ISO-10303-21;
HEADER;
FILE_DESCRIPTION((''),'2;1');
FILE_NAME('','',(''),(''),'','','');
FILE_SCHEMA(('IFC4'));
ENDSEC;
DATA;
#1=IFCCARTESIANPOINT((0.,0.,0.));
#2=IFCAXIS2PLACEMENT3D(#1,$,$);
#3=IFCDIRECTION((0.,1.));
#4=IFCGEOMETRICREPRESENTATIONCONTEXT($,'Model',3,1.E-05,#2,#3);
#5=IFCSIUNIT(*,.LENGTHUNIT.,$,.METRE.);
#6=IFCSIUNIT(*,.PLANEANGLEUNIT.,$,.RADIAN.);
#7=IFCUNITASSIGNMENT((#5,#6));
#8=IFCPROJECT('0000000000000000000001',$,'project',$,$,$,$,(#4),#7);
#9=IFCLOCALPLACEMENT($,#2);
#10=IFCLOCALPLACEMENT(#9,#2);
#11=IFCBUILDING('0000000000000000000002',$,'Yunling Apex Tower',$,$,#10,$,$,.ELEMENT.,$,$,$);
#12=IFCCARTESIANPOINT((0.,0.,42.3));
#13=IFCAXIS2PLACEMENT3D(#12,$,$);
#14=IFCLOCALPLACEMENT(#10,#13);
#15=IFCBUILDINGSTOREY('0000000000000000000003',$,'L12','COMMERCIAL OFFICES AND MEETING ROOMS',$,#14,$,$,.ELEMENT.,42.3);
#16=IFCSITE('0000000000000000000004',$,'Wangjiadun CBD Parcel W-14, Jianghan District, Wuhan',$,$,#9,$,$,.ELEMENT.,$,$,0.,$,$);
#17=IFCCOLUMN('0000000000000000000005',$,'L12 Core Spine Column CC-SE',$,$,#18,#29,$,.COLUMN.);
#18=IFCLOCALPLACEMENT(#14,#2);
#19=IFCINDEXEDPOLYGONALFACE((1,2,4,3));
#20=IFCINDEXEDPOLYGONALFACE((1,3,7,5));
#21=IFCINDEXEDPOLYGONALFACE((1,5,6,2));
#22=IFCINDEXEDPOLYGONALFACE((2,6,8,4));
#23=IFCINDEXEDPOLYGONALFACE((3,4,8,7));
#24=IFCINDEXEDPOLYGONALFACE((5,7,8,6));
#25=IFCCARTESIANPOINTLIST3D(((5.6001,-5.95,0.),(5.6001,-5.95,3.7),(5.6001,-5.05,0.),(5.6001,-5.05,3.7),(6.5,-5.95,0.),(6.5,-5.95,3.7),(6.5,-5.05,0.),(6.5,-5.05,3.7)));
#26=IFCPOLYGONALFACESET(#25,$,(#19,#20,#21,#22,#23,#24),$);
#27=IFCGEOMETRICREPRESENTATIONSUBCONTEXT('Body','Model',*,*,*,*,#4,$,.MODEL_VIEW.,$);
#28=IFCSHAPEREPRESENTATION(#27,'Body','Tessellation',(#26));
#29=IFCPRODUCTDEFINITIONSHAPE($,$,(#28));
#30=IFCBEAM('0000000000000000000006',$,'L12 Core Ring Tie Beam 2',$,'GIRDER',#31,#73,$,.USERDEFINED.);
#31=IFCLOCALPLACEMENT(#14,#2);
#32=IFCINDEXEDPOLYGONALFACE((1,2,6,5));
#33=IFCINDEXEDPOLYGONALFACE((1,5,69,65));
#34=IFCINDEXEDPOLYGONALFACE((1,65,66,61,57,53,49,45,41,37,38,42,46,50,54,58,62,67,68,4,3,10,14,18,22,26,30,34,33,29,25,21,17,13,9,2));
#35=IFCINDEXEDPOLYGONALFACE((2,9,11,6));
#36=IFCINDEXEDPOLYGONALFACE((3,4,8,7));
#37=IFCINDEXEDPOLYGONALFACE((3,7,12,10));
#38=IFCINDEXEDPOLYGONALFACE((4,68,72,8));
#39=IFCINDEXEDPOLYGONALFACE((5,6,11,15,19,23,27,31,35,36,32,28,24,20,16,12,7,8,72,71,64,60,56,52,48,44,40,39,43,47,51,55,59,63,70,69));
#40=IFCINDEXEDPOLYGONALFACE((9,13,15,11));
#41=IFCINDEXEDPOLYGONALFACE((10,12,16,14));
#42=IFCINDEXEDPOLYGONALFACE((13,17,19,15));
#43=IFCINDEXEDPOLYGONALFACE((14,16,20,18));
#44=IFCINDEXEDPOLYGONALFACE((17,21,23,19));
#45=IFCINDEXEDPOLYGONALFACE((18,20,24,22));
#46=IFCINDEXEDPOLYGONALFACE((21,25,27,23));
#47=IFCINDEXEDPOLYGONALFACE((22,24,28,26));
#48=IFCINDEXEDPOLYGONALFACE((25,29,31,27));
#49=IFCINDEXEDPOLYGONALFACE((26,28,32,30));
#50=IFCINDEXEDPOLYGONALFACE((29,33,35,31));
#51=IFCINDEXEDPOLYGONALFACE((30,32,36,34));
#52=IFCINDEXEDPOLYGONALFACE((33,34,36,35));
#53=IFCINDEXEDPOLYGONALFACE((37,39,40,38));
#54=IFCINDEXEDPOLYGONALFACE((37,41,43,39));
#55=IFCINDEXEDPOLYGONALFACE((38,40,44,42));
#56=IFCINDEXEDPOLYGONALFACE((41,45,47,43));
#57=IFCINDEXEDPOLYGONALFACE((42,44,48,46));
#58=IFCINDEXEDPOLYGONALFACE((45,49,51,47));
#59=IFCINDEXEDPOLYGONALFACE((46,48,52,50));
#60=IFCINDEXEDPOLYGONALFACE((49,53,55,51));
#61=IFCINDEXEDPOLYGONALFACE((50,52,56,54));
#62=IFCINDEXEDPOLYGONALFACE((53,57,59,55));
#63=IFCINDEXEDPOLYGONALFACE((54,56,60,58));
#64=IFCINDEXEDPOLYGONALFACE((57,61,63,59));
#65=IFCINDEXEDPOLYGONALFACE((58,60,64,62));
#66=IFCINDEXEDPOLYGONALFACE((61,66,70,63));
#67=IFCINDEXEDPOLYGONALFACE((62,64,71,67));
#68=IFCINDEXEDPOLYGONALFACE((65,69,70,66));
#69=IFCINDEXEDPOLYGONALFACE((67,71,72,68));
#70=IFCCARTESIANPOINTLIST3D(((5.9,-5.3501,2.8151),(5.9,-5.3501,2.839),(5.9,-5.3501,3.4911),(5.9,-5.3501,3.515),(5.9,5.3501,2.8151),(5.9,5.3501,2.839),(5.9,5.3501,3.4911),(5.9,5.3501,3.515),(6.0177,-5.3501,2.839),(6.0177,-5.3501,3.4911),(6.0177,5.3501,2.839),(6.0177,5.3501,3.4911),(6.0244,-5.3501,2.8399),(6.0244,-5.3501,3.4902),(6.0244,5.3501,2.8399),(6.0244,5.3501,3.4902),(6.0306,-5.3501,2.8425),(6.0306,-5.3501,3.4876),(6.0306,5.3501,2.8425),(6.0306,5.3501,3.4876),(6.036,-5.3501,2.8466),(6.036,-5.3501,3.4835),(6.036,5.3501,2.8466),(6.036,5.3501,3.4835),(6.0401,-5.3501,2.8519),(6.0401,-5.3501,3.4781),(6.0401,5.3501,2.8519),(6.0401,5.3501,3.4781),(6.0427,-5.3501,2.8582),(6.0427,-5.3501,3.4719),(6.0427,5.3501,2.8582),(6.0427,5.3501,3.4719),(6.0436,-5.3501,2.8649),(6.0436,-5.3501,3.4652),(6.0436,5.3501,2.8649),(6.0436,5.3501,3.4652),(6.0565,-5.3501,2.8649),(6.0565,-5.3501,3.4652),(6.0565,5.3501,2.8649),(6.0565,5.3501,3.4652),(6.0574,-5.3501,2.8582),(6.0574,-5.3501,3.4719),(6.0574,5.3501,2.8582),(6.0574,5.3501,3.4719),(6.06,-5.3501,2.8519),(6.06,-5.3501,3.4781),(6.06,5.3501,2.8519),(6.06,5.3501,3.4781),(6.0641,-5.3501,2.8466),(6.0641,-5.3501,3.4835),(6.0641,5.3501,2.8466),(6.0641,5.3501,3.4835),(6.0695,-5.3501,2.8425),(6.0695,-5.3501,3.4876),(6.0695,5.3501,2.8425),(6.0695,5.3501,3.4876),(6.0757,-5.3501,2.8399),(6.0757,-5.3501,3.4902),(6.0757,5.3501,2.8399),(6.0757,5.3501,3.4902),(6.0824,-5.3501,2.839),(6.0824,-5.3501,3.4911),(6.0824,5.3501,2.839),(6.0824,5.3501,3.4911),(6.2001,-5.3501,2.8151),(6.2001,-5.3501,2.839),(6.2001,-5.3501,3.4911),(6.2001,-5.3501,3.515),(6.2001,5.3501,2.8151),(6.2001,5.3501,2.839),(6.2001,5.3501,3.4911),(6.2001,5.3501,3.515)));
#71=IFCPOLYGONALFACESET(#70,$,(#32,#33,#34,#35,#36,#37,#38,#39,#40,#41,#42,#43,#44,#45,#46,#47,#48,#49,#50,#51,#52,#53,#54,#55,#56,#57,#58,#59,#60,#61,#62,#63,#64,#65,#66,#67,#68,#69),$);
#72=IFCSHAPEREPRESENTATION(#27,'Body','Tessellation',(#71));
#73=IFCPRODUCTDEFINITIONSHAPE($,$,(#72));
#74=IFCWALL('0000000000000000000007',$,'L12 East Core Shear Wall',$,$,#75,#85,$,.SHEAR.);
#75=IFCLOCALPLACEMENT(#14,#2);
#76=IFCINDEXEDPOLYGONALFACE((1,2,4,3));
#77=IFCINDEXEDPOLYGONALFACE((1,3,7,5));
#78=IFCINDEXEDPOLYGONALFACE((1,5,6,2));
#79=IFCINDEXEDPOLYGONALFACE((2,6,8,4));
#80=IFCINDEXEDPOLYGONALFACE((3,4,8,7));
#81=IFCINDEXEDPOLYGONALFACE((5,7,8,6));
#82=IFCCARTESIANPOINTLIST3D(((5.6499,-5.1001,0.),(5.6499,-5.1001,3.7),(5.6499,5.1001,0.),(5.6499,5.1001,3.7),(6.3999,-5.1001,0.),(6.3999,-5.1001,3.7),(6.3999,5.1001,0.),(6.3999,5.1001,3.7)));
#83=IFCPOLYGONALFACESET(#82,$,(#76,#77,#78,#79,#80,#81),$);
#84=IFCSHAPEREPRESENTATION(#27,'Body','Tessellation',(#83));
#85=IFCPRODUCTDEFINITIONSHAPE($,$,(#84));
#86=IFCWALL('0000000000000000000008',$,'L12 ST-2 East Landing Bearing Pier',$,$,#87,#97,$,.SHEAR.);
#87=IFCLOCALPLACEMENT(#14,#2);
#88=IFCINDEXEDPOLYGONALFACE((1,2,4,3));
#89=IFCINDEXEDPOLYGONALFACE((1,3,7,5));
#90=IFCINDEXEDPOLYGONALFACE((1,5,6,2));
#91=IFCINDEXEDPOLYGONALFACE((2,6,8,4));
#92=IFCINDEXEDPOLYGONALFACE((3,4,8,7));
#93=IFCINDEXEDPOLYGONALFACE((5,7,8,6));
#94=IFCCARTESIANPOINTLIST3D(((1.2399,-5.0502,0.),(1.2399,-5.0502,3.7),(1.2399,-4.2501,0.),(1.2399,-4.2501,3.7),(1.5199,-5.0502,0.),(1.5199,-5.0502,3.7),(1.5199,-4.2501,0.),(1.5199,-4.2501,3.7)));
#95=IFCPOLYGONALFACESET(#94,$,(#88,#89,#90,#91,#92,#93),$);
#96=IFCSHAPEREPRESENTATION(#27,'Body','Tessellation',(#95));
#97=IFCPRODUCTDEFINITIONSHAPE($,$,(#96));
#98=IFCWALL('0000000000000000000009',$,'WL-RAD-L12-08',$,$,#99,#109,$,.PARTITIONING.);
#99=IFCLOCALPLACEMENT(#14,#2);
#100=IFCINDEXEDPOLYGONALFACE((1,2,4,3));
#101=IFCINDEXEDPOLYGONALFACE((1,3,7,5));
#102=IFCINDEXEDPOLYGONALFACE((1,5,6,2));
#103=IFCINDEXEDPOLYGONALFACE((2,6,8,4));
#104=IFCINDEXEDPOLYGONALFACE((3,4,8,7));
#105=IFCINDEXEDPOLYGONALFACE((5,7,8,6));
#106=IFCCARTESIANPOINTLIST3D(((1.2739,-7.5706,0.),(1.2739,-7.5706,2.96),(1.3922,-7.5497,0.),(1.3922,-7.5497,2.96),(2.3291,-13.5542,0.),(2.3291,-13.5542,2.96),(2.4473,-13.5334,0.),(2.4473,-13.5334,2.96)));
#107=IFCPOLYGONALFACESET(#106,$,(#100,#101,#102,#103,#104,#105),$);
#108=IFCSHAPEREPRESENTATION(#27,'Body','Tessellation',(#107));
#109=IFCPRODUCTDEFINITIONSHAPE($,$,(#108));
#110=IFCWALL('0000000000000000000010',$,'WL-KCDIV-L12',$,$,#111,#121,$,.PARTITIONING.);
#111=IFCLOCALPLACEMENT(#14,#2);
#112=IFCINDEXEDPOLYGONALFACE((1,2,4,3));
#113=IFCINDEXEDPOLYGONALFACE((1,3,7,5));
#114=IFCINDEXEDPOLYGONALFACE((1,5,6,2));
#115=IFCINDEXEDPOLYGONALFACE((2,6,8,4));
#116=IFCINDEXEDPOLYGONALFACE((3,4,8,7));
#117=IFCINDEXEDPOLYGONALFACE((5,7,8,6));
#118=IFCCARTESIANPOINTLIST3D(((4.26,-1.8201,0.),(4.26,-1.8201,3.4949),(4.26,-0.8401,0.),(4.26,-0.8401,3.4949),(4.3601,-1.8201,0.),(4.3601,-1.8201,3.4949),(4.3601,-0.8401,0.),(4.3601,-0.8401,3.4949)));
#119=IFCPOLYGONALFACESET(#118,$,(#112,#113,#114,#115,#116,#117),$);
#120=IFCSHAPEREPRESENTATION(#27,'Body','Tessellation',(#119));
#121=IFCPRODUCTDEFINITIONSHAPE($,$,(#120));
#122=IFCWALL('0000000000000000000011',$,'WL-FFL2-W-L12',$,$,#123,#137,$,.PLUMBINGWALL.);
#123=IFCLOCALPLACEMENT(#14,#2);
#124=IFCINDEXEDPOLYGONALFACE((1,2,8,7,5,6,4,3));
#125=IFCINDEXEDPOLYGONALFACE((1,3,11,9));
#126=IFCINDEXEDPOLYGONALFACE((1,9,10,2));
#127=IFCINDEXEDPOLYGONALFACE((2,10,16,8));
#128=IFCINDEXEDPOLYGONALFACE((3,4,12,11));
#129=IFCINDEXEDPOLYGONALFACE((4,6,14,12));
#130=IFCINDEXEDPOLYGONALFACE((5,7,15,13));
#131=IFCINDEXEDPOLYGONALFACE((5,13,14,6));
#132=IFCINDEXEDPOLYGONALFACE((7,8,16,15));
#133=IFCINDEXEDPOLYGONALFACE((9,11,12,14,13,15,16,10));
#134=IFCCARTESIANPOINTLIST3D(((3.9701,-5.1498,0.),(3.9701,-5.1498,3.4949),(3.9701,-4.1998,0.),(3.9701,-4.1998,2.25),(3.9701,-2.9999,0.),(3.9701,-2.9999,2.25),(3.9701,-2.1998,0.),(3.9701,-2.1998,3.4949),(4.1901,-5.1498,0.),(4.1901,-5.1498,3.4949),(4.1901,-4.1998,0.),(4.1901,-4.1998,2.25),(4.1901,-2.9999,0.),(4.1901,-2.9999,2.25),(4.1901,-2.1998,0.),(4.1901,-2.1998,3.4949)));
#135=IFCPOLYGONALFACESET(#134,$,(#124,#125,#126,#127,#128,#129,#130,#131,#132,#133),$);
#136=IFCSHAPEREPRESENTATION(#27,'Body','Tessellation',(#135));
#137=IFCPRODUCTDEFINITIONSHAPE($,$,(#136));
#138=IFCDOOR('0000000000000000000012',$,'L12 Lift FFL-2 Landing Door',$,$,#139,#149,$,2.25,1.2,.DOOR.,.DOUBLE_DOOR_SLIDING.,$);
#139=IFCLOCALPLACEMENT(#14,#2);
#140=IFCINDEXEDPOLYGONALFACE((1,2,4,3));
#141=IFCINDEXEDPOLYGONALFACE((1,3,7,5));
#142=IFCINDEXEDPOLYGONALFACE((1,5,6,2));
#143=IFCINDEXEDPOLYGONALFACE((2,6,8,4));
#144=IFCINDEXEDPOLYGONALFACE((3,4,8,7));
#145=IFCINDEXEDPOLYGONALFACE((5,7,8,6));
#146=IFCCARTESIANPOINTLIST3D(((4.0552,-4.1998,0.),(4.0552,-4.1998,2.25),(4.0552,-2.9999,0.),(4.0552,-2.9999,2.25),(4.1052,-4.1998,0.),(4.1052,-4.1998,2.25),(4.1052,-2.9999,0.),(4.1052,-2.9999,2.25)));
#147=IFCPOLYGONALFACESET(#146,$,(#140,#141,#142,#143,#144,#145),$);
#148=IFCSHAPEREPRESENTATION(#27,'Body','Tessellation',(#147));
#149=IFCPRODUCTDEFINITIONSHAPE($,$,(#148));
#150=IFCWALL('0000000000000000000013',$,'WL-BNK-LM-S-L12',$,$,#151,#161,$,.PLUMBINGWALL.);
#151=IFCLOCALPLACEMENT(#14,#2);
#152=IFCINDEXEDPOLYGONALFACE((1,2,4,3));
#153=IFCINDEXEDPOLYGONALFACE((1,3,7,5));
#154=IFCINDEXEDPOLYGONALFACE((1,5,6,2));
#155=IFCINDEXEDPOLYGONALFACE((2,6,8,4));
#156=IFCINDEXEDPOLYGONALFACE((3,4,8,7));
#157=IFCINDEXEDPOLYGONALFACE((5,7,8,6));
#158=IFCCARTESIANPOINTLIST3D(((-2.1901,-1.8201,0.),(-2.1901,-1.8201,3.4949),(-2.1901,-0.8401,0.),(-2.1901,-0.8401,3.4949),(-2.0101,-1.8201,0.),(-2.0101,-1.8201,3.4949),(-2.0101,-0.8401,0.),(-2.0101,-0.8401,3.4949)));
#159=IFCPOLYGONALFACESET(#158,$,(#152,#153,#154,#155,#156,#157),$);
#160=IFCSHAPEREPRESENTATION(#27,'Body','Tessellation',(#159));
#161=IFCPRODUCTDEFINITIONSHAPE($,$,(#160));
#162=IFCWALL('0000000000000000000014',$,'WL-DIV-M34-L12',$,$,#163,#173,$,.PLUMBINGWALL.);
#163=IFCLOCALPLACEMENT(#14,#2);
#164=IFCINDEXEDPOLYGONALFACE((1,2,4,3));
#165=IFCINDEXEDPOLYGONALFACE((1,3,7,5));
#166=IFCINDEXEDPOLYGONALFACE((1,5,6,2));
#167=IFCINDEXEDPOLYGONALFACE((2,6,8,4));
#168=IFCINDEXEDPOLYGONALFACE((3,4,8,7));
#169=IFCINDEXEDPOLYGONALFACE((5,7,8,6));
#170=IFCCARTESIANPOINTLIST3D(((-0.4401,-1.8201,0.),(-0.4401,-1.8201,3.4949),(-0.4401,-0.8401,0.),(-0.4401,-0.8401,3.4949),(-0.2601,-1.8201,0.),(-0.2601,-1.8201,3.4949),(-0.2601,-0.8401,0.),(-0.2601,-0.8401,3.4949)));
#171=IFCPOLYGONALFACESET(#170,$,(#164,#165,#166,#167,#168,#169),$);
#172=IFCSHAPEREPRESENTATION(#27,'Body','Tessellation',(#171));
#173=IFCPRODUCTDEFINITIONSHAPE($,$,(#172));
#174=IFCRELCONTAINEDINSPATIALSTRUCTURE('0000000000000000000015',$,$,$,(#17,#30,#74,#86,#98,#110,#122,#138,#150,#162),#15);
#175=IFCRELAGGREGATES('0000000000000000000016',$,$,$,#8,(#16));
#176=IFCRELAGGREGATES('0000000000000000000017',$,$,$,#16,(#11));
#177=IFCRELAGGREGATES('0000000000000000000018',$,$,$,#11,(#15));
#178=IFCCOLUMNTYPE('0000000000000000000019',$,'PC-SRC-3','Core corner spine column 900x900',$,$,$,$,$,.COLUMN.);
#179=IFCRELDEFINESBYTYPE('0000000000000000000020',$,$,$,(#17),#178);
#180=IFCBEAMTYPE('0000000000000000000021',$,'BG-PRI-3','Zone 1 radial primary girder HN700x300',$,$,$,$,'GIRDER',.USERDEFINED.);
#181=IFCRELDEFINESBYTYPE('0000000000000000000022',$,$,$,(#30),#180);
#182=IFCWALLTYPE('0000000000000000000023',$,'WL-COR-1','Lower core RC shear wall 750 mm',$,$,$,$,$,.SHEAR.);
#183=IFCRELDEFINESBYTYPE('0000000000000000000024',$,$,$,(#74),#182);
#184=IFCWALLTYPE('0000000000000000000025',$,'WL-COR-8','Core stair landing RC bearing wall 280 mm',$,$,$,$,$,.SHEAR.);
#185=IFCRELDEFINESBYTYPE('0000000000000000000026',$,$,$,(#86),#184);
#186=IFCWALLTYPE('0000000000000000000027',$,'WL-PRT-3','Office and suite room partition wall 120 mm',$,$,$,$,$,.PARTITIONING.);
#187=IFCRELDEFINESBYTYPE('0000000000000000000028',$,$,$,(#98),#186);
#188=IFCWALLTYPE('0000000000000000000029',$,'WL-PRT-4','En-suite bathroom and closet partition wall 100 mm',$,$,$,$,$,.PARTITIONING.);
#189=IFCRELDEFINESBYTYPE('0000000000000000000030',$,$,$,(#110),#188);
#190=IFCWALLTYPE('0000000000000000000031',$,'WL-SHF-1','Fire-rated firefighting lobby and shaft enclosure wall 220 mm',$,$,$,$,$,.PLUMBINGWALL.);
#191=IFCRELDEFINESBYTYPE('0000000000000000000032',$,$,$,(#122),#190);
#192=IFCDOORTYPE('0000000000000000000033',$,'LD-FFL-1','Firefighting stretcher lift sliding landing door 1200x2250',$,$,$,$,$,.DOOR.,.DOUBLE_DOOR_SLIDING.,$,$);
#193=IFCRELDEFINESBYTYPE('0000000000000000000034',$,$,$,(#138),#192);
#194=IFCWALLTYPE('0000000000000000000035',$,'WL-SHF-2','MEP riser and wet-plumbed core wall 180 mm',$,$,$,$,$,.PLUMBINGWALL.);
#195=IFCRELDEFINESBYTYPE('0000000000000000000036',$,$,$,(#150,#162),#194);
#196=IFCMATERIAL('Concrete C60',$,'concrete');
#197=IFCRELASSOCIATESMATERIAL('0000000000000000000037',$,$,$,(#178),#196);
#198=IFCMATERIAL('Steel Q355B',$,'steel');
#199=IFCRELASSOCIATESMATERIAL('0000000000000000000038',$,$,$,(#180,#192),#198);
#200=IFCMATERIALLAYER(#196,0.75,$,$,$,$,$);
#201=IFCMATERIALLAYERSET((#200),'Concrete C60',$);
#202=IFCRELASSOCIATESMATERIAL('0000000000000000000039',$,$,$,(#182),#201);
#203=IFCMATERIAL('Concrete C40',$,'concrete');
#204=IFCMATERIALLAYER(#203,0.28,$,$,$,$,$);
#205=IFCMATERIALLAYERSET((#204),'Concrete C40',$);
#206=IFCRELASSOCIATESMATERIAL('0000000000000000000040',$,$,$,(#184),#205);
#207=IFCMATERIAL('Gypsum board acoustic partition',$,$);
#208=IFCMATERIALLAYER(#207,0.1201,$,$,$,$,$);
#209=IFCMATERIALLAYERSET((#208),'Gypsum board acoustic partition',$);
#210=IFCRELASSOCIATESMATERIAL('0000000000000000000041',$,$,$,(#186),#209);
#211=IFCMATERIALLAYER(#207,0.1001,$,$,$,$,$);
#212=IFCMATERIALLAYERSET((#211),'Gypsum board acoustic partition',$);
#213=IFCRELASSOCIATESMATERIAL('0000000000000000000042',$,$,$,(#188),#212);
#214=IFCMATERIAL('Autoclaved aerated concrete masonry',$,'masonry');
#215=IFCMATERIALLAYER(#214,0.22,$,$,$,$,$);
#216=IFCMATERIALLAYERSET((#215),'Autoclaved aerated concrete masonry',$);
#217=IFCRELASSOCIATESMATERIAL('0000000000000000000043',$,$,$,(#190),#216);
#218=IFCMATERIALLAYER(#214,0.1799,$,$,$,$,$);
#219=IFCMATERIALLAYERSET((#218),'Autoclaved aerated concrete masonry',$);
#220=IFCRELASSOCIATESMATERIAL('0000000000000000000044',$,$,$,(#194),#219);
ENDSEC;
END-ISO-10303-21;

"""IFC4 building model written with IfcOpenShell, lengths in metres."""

from ifc_helpers import new_model, si_unit, direction, frame, frame_2d, origin, origin_2d, place, context, subcontext, project, spatial, rectangle, i_section, extrude, source, transform, mapped, material, layer, layer_set, material_profile, profile_set, type_object, element, fill, save


model = new_model("IFC4")

# Units and contexts
model_context = context("Model", 3, precision=1e-05, world=origin(), true_north=direction((0.0, 1.0)))
body_context = subcontext(model_context, "Body", "Model", "MODEL_VIEW")
ifc_project = project(units=[si_unit("LENGTHUNIT", "METRE"), si_unit("PLANEANGLEUNIT", "RADIAN")], contexts=[model_context])

# Site, building, storey
site_placement = place(None, origin())
site = spatial("IfcSite", under=ifc_project, at=site_placement, Name="Wangjiadun CBD Parcel W-14, Jianghan District, Wuhan", CompositionType="ELEMENT", RefElevation=0.0)
building_placement = place(site_placement, origin())
building = spatial("IfcBuilding", under=site, at=building_placement, Name="Yunling Apex Tower", CompositionType="ELEMENT")
storey_placement = place(building_placement, frame((0.0, 0.0, 42.3)))
storey = spatial("IfcBuildingStorey", under=building, at=storey_placement, Name="L12", Description="COMMERCIAL OFFICES AND MEETING ROOMS", CompositionType="ELEMENT", Elevation=42.3)

# Column
ifc_material_1 = material(Name="Concrete C60", Category="concrete")
ifc_material_profile_1 = material_profile(ifc_material_1, rectangle(XDim=0.8999, YDim=0.8999, at=origin_2d()))
ifc_profile_set_1 = profile_set([ifc_material_profile_1], Name="Concrete C60")
column_type = type_object("IfcColumnType", Name="PC-SRC-3", Description="Core corner spine column 900x900", PredefinedType="COLUMN", material=ifc_profile_set_1)
shared_shape_1 = source(origin(), body_context, "Body", "SweptSolid", [
    extrude(rectangle(XDim=0.8999, YDim=0.8999, at=origin_2d()), origin(), (0.0, 0.0, 1.0), 3.7),
])
column_placement = place(storey_placement, frame((6.05, -5.5, 0.0), z_axis=(0.0, 0.0, 1.0), x_axis=(1.0, 0.0, 0.0)))
element("IfcColumn", 1, at=column_placement, inside=storey, type_object=column_type, Name="L12 Core Spine Column CC-SE", PredefinedType="COLUMN", context=body_context, shape_type="MappedRepresentation", body=[
    mapped(shared_shape_1, transform((0.0, 0.0, 0.0), scale=1.0)),
])

# Beam
ifc_material_2 = material(Name="Steel Q355B", Category="steel")
ifc_material_profile_2 = material_profile(ifc_material_2, i_section(OverallWidth=0.3, OverallDepth=0.7, WebThickness=0.0129, FlangeThickness=0.0239, FilletRadius=0.0259, at=origin_2d()))
ifc_profile_set_2 = profile_set([ifc_material_profile_2], Name="Steel Q355B")
beam_type = type_object("IfcBeamType", Name="BG-PRI-3", Description="Zone 1 radial primary girder HN700x300", ElementType="GIRDER", PredefinedType="USERDEFINED", material=ifc_profile_set_2)
shared_shape_2 = source(origin(), body_context, "Body", "SweptSolid", [
    extrude(i_section(OverallWidth=0.3, OverallDepth=0.7, WebThickness=0.0129, FlangeThickness=0.0239, FilletRadius=0.0259, at=origin_2d()), origin(), (0.0, 0.0, 1.0), 10.7002),
])
beam_placement = place(storey_placement, frame((6.05, -5.3501, 3.165), z_axis=(0.0, 1.0, 0.0), x_axis=(-1.0, 0.0, 0.0)))
element("IfcBeam", 2, at=beam_placement, inside=storey, type_object=beam_type, Name="L12 Core Ring Tie Beam 2", ObjectType="GIRDER", PredefinedType="USERDEFINED", context=body_context, shape_type="MappedRepresentation", body=[
    mapped(shared_shape_2, transform((0.0, 0.0, 0.0), scale=1.0)),
])

# Walls
ifc_layer_1 = layer(ifc_material_1, 0.75)
ifc_layer_set_1 = layer_set([ifc_layer_1], Name="Concrete C60")
wall_type_1 = type_object("IfcWallType", Name="WL-COR-1", Description="Lower core RC shear wall 750 mm", PredefinedType="SHEAR", material=ifc_layer_set_1)
wall_1_placement = place(storey_placement, frame((6.0249, -5.1001, 0.0), z_axis=(0.0, 0.0, 1.0), x_axis=(0.0, 1.0, 0.0)))
element("IfcWall", 3, at=wall_1_placement, inside=storey, type_object=wall_type_1, Name="L12 East Core Shear Wall", PredefinedType="SHEAR", context=body_context, shape_type="SweptSolid", body=[
    extrude(rectangle(XDim=10.2002, YDim=0.75, at=frame_2d((5.1001, 0.0))), origin(), (0.0, 0.0, 1.0), 3.7),
])
ifc_material_3 = material(Name="Concrete C40", Category="concrete")
ifc_layer_2 = layer(ifc_material_3, 0.28)
ifc_layer_set_2 = layer_set([ifc_layer_2], Name="Concrete C40")
wall_type_2 = type_object("IfcWallType", Name="WL-COR-8", Description="Core stair landing RC bearing wall 280 mm", PredefinedType="SHEAR", material=ifc_layer_set_2)
wall_2_placement = place(storey_placement, frame((1.3799, -5.05, 0.0), z_axis=(0.0, 0.0, 1.0), x_axis=(0.0, 1.0, 0.0)))
element("IfcWall", 4, at=wall_2_placement, inside=storey, type_object=wall_type_2, Name="L12 ST-2 East Landing Bearing Pier", PredefinedType="SHEAR", context=body_context, shape_type="SweptSolid", body=[
    extrude(rectangle(XDim=0.8, YDim=0.28, at=frame_2d((0.3999, 0.0))), origin(), (0.0, 0.0, 1.0), 3.7),
])
ifc_material_4 = material(Name="Gypsum board acoustic partition")
ifc_layer_3 = layer(ifc_material_4, 0.1201)
ifc_layer_set_3 = layer_set([ifc_layer_3], Name="Gypsum board acoustic partition")
wall_type_3 = type_object("IfcWallType", Name="WL-PRT-3", Description="Office and suite room partition wall 120 mm", PredefinedType="PARTITIONING", material=ifc_layer_set_3)
wall_3_placement = place(storey_placement, frame((1.333, -7.5601, 0.0), z_axis=(0.0, 0.0, 1.0), x_axis=(0.173664, -0.984805, 0.0)))
element("IfcWall", 5, at=wall_3_placement, inside=storey, type_object=wall_type_3, Name="WL-RAD-L12-08", PredefinedType="PARTITIONING", context=body_context, shape_type="SweptSolid", body=[
    extrude(rectangle(XDim=6.0759, YDim=0.1201, at=frame_2d((3.0381, 0.0))), origin(), (0.0, 0.0, 1.0), 2.96),
])
ifc_layer_4 = layer(ifc_material_4, 0.1001)
ifc_layer_set_4 = layer_set([ifc_layer_4], Name="Gypsum board acoustic partition")
wall_type_4 = type_object("IfcWallType", Name="WL-PRT-4", Description="En-suite bathroom and closet partition wall 100 mm", PredefinedType="PARTITIONING", material=ifc_layer_set_4)
wall_4_placement = place(storey_placement, frame((4.3101, -1.8201, 0.0), z_axis=(0.0, 0.0, 1.0), x_axis=(0.0, 1.0, 0.0)))
element("IfcWall", 6, at=wall_4_placement, inside=storey, type_object=wall_type_4, Name="WL-KCDIV-L12", PredefinedType="PARTITIONING", context=body_context, shape_type="SweptSolid", body=[
    extrude(rectangle(XDim=0.98, YDim=0.1001, at=frame_2d((0.49, 0.0))), origin(), (0.0, 0.0, 1.0), 3.4949),
])

# Wall, opening, door
ifc_material_5 = material(Name="Autoclaved aerated concrete masonry", Category="masonry")
ifc_layer_5 = layer(ifc_material_5, 0.22)
ifc_layer_set_5 = layer_set([ifc_layer_5], Name="Autoclaved aerated concrete masonry")
wall_type_5 = type_object("IfcWallType", Name="WL-SHF-1", Description="Fire-rated firefighting lobby and shaft enclosure wall 220 mm", PredefinedType="PLUMBINGWALL", material=ifc_layer_set_5)
wall_5_placement = place(storey_placement, frame((4.0801, -5.1499, 0.0), z_axis=(0.0, 0.0, 1.0), x_axis=(0.0, 1.0, 0.0)))
wall_5 = element("IfcWall", 7, at=wall_5_placement, inside=storey, type_object=wall_type_5, Name="WL-FFL2-W-L12", PredefinedType="PLUMBINGWALL", context=body_context, shape_type="SweptSolid", body=[
    extrude(rectangle(XDim=2.95, YDim=0.22, at=frame_2d((1.4751, 0.0))), origin(), (0.0, 0.0, 1.0), 3.4949),
])
opening_1_placement = place(wall_5_placement, frame((0.95, 0.0, 0.0)))
opening_1 = element("IfcOpeningElement", 8, at=opening_1_placement, cuts=wall_5, PredefinedType="OPENING", context=body_context, shape_type="SweptSolid", body=[
    extrude(rectangle(XDim=1.2, YDim=2.25, at=frame_2d((0.6001, 1.125))), frame((0.0, 0.1201, 0.0), z_axis=(0.0, -1.0, 0.0), x_axis=(1.0, 0.0, 0.0)), (0.0, 0.0, 1.0), 0.24),
])
door_type_1 = type_object("IfcDoorType", Name="LD-FFL-1", Description="Firefighting stretcher lift sliding landing door 1200x2250", OperationType="DOUBLE_DOOR_SLIDING", PredefinedType="DOOR", material=ifc_material_2)
door_1_placement = place(opening_1_placement, origin())
door_1 = element("IfcDoor", 9, at=door_1_placement, inside=storey, type_object=door_type_1, Name="L12 Lift FFL-2 Landing Door", OperationType="DOUBLE_DOOR_SLIDING", OverallHeight=2.25, OverallWidth=1.2, PredefinedType="DOOR", context=body_context, shape_type="SweptSolid", body=[
    extrude(rectangle(XDim=1.2, YDim=2.25, at=frame_2d((0.6001, 1.125))), frame((0.0, 0.0249, 0.0), z_axis=(0.0, -1.0, 0.0), x_axis=(1.0, 0.0, 0.0)), (0.0, 0.0, 1.0), 0.05),
])
fill(opening_1, door_1)

# Walls
ifc_layer_6 = layer(ifc_material_5, 0.1799)
ifc_layer_set_6 = layer_set([ifc_layer_6], Name="Autoclaved aerated concrete masonry")
wall_type_6 = type_object("IfcWallType", Name="WL-SHF-2", Description="MEP riser and wet-plumbed core wall 180 mm", PredefinedType="PLUMBINGWALL", material=ifc_layer_set_6)
for number, where, z_axis, x_axis, name in (
    (10, (-2.1001, -1.8201, 0.0), (0.0, 0.0, 1.0), (0.0, 1.0, 0.0), "WL-BNK-LM-S-L12"),
    (11, (-0.3501, -1.8201, 0.0), (0.0, 0.0, 1.0), (0.0, 1.0, 0.0), "WL-DIV-M34-L12"),
):
    element("IfcWall", number, at=place(storey_placement, frame(where, z_axis=z_axis, x_axis=x_axis)), inside=storey, type_object=wall_type_6, Name=name, PredefinedType="PLUMBINGWALL", context=body_context, shape_type="SweptSolid", body=[
        extrude(rectangle(XDim=0.98, YDim=0.1799, at=frame_2d((0.49, 0.0))), origin(), (0.0, 0.0, 1.0), 3.4949),
    ])

save(model, "model.ifc")
